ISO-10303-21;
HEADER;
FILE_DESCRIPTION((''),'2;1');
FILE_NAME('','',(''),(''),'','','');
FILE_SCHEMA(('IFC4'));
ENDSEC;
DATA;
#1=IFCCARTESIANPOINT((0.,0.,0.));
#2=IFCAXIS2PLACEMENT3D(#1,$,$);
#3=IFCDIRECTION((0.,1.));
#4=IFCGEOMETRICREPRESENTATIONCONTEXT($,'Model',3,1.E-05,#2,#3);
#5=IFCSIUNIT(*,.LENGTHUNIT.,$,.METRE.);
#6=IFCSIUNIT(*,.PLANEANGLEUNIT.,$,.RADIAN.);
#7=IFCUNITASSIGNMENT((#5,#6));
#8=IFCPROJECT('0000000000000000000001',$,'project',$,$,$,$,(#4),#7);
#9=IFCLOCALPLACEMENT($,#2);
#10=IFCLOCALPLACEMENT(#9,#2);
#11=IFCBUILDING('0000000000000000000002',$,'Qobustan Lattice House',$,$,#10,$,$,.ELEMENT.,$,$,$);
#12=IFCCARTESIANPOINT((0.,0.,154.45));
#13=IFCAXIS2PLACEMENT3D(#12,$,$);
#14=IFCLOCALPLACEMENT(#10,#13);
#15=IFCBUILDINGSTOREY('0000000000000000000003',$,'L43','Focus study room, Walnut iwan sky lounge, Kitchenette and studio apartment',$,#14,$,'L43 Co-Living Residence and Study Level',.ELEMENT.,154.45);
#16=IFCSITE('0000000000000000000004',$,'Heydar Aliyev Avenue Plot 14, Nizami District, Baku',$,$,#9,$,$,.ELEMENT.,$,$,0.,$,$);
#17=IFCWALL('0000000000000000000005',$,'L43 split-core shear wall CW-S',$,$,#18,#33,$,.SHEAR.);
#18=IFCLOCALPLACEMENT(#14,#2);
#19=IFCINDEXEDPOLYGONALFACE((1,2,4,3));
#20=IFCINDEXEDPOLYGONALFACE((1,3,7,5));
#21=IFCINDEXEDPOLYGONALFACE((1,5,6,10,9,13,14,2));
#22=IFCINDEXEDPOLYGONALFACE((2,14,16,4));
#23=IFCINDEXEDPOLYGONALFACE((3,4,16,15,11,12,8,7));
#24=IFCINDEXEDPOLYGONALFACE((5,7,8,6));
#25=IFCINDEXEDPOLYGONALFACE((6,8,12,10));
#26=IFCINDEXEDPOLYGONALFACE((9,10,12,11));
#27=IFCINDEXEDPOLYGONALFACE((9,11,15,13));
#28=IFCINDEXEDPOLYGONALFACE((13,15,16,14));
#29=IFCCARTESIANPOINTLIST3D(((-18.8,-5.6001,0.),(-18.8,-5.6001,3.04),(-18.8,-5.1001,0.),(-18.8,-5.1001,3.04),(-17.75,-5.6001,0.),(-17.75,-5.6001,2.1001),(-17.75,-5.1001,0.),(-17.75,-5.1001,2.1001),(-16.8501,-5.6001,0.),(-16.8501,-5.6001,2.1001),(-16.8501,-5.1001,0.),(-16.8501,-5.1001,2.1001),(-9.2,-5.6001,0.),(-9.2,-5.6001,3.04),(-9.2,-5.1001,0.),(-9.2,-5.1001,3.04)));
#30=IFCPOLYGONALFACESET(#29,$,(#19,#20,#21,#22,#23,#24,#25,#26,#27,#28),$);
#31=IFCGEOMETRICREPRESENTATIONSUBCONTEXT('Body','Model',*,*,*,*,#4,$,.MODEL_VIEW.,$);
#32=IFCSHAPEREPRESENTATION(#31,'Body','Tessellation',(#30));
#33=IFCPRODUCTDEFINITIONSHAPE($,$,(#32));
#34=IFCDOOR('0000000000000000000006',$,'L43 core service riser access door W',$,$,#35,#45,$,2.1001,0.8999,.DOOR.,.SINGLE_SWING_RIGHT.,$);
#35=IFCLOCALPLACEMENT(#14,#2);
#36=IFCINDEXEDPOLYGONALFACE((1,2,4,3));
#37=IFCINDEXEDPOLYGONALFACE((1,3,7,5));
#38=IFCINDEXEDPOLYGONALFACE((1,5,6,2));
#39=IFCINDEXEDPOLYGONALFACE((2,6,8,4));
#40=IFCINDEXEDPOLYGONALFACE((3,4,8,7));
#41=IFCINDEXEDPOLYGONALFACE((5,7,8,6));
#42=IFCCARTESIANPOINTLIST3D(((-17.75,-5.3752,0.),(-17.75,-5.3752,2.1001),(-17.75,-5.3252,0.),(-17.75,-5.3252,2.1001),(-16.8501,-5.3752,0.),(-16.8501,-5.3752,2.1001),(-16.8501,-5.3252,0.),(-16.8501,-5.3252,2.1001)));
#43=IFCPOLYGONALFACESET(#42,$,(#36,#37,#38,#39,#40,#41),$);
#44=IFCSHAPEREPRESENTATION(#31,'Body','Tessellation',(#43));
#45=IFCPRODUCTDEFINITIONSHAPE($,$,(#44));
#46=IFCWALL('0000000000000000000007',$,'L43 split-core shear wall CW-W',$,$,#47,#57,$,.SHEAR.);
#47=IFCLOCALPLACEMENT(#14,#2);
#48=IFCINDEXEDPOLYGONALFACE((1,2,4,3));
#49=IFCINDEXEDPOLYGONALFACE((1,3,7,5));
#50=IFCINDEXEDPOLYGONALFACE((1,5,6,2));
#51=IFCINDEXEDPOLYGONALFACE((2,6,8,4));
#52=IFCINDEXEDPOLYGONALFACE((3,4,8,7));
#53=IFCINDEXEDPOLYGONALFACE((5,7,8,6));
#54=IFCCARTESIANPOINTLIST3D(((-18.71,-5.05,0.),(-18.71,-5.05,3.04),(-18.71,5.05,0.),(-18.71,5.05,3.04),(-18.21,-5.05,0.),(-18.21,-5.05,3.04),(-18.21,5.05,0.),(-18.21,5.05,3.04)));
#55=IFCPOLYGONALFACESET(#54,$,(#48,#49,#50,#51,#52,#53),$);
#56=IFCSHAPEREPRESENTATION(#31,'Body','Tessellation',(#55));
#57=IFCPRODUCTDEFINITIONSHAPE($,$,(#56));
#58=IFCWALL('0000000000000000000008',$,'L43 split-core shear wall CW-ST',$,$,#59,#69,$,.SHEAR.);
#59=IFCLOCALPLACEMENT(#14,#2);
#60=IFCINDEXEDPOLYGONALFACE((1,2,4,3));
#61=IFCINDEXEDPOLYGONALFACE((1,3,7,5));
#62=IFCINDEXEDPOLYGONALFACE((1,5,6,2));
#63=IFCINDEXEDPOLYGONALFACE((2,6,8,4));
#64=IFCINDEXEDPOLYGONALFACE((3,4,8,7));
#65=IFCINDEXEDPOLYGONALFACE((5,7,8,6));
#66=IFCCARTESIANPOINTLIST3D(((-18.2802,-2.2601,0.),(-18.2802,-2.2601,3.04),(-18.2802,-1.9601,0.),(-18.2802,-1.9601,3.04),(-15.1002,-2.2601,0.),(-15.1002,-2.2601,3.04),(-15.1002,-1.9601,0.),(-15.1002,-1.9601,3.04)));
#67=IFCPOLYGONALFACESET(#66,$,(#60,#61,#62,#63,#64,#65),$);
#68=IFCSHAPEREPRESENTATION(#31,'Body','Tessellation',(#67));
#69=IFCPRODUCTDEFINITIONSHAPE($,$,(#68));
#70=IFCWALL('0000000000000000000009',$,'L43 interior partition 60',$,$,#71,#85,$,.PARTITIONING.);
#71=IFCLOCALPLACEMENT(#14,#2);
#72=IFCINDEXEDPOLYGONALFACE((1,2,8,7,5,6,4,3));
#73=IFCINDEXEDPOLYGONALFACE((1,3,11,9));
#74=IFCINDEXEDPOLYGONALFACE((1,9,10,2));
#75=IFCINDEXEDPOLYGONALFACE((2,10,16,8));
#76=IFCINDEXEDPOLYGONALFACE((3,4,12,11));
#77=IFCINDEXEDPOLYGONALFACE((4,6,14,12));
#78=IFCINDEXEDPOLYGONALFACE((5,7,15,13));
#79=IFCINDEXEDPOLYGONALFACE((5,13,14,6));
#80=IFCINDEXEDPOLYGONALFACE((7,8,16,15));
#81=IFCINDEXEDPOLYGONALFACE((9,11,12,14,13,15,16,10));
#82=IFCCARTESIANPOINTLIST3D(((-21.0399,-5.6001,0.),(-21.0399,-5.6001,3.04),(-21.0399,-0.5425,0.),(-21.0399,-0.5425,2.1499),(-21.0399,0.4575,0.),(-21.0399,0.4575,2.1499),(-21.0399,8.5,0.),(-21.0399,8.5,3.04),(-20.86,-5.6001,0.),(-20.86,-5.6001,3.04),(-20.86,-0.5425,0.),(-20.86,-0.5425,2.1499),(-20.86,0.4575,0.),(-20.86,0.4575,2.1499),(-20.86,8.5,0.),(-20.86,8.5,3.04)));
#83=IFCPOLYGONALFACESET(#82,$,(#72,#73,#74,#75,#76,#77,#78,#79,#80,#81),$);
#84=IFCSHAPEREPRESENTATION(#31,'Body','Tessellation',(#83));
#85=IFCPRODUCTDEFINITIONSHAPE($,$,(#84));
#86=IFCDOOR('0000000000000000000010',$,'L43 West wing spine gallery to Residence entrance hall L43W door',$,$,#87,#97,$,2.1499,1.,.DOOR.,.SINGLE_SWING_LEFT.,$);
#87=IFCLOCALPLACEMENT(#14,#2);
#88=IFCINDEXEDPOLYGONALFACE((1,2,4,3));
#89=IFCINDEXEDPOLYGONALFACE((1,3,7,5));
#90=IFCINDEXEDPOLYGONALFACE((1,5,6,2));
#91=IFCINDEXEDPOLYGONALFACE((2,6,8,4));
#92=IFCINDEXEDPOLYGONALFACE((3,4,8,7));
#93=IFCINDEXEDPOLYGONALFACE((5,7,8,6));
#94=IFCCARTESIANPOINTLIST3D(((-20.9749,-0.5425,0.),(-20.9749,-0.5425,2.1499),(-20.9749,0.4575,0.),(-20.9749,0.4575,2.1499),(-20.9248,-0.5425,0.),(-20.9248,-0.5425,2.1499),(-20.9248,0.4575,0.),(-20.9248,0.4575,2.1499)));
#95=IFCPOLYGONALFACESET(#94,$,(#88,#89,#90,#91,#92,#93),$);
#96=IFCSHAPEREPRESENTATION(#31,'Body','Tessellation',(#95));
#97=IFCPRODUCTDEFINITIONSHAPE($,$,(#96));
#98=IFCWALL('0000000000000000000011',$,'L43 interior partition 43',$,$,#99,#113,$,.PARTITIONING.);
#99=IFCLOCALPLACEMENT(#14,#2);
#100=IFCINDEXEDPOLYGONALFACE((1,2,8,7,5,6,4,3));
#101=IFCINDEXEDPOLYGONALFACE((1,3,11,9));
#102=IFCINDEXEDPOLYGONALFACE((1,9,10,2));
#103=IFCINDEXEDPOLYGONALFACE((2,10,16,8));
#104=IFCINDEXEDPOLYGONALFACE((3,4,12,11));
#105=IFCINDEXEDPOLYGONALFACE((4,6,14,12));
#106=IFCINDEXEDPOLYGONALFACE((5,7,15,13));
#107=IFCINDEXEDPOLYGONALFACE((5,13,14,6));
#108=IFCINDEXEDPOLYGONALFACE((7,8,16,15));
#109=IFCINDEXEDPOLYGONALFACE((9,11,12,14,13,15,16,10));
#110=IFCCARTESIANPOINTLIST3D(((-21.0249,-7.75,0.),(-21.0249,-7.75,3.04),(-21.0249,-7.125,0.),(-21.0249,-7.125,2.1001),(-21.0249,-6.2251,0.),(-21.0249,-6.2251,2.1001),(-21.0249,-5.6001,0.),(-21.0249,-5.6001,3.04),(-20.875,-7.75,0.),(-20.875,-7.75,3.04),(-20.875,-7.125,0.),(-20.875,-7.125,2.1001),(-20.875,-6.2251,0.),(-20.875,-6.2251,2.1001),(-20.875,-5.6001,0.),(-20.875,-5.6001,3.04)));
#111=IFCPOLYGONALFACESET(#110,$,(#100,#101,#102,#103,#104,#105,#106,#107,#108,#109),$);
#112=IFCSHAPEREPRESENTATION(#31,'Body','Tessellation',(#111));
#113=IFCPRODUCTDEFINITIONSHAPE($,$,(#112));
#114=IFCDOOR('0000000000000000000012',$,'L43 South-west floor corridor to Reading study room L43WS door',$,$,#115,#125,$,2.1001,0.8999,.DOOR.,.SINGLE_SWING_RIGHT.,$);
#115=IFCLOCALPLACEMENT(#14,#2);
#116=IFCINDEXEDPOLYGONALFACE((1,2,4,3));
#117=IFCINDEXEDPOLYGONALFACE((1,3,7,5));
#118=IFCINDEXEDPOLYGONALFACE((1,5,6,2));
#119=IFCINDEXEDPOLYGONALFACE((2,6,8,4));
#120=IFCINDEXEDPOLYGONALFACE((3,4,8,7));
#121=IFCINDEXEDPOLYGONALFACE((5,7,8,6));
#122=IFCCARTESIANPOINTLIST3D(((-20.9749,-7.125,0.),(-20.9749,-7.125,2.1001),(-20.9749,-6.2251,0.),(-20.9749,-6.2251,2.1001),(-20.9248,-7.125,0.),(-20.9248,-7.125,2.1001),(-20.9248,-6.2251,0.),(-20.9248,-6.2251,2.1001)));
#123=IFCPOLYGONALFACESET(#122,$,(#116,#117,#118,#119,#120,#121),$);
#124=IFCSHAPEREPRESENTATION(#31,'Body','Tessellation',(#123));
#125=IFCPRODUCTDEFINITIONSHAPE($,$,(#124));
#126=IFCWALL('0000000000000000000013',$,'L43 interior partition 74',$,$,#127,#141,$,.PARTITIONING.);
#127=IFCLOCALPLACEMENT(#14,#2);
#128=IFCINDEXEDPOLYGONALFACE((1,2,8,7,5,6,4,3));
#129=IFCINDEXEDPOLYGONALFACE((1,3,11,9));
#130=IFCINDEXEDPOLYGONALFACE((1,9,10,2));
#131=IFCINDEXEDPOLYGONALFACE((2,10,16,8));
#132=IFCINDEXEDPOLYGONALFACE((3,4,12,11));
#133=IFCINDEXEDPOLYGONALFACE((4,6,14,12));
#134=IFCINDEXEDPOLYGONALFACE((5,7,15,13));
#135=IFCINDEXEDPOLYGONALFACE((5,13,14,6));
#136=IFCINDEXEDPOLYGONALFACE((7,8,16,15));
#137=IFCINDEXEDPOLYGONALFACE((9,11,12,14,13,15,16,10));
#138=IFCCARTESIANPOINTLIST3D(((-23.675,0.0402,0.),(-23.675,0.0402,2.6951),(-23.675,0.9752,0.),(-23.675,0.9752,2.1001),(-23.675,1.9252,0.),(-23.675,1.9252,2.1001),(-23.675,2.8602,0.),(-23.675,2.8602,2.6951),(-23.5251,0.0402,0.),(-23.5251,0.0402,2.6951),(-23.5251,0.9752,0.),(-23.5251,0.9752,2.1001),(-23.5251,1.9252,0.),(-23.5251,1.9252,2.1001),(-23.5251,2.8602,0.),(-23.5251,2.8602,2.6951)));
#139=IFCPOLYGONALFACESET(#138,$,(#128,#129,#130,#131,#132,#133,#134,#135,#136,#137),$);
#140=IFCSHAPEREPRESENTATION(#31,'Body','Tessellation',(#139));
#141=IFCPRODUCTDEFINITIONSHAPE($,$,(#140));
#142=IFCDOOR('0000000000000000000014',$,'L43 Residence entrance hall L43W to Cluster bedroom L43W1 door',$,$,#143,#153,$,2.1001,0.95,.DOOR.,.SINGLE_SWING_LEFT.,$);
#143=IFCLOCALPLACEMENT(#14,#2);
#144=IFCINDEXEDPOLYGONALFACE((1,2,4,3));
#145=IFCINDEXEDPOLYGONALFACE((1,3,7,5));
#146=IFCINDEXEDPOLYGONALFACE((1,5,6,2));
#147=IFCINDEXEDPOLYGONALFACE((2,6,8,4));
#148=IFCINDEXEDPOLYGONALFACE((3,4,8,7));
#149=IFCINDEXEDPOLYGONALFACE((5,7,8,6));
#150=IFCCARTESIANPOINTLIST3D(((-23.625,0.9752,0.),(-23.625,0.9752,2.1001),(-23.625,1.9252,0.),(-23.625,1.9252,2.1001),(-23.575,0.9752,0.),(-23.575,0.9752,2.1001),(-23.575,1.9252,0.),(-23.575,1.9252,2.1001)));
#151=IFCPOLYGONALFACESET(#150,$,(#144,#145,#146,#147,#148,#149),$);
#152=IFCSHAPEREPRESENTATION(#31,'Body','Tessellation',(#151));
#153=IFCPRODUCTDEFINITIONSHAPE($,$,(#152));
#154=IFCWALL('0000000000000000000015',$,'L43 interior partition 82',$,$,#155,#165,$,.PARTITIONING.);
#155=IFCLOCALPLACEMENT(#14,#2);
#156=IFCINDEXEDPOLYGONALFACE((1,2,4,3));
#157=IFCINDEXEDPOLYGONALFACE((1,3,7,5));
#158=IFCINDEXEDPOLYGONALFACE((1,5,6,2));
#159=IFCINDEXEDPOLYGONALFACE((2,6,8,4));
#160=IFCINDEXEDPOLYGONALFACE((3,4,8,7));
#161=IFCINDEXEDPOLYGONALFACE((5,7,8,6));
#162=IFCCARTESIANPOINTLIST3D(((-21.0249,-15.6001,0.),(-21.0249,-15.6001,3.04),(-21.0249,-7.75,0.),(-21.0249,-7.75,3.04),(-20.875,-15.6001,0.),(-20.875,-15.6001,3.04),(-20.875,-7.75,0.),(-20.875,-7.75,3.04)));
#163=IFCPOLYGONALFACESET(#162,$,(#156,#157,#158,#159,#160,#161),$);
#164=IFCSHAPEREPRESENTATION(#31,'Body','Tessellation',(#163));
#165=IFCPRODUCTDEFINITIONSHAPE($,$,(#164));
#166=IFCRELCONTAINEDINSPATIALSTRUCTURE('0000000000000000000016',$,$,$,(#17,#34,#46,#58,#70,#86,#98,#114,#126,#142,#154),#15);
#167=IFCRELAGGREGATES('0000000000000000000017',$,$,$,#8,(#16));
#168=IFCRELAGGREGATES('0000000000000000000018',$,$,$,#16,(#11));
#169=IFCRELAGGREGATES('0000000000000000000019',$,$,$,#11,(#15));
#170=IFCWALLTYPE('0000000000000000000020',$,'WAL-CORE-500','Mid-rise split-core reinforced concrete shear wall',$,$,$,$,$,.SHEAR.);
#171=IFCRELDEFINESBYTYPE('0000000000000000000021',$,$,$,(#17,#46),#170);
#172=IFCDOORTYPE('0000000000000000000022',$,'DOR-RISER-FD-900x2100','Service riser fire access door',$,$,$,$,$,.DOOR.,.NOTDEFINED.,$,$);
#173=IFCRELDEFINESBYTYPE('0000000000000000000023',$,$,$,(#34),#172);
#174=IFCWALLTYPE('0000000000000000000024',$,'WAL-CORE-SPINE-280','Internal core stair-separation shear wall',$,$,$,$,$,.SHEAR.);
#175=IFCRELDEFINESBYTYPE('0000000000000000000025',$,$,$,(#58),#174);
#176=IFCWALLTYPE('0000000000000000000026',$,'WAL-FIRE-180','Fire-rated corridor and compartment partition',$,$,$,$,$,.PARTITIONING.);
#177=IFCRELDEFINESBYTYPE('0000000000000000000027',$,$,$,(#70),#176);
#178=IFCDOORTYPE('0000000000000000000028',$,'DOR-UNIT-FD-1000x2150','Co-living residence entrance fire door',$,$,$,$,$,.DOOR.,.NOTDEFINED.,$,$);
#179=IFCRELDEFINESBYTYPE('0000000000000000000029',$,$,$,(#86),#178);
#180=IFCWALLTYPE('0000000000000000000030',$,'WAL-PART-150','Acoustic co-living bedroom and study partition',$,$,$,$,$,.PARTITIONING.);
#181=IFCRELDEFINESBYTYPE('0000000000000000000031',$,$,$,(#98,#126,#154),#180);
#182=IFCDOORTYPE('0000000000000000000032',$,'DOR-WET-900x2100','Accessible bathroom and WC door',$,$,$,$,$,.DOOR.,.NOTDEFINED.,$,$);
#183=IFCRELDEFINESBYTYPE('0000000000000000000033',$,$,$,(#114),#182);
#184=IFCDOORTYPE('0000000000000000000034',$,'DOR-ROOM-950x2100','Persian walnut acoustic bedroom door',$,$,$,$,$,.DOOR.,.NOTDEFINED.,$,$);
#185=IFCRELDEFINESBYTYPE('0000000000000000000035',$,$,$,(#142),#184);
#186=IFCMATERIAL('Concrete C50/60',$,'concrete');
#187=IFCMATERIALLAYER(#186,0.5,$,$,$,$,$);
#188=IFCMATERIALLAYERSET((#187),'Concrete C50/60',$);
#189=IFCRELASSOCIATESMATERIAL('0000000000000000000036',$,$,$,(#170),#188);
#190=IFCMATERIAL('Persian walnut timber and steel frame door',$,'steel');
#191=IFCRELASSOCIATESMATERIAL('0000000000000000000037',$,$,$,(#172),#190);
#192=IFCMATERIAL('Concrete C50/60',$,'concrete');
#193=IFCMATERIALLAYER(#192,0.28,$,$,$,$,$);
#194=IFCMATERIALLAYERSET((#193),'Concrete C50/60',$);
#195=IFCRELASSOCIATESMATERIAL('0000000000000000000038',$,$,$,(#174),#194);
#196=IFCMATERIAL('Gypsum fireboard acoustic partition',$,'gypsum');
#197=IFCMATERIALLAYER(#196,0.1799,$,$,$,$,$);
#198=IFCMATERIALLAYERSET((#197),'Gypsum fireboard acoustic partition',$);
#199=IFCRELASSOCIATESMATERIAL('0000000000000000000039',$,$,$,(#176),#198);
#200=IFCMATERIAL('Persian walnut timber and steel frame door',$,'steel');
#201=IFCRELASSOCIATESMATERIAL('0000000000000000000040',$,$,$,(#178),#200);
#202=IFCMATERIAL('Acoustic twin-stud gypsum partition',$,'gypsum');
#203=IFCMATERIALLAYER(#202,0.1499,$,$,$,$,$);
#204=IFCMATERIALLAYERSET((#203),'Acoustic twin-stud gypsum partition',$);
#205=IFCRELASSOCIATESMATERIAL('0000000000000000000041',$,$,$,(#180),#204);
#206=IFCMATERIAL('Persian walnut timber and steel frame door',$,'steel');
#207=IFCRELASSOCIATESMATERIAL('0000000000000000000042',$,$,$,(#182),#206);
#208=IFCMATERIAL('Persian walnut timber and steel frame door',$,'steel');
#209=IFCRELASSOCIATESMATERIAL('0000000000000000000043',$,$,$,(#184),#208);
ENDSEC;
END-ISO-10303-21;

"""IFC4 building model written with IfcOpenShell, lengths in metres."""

from ifc_helpers import new_model, si_unit, direction, frame, frame_2d, origin, place, context, subcontext, project, spatial, rectangle, extrude, material, layer, layer_set, type_object, element, fill, save


model = new_model("IFC4")

# Units and contexts
model_context = context("Model", 3, precision=1e-05, world=origin(), true_north=direction((0.0, 1.0)))
body_context = subcontext(model_context, "Body", "Model", "MODEL_VIEW")
ifc_project = project(units=[si_unit("LENGTHUNIT", "METRE"), si_unit("PLANEANGLEUNIT", "RADIAN")], contexts=[model_context])

# Site, building, storey
site_placement = place(None, origin())
site = spatial("IfcSite", under=ifc_project, at=site_placement, Name="Heydar Aliyev Avenue Plot 14, Nizami District, Baku", CompositionType="ELEMENT", RefElevation=0.0)
building_placement = place(site_placement, origin())
building = spatial("IfcBuilding", under=site, at=building_placement, Name="Qobustan Lattice House", CompositionType="ELEMENT")
storey_placement = place(building_placement, frame((0.0, 0.0, 154.45)))
storey = spatial("IfcBuildingStorey", under=building, at=storey_placement, Name="L43", Description="Focus study room, Walnut iwan sky lounge, Kitchenette and studio apartment", LongName="L43 Co-Living Residence and Study Level", CompositionType="ELEMENT", Elevation=154.45)

# Wall, opening, door
ifc_material_1 = material(Name="Concrete C50/60", Category="concrete")
ifc_layer_1 = layer(ifc_material_1, 0.5)
ifc_layer_set_1 = layer_set([ifc_layer_1], Name="Concrete C50/60")
wall_type_1 = type_object("IfcWallType", Name="WAL-CORE-500", Description="Mid-rise split-core reinforced concrete shear wall", PredefinedType="SHEAR", material=ifc_layer_set_1)
wall_1_placement = place(storey_placement, frame((-18.8, -5.3501, 0.0), z_axis=(0.0, 0.0, 1.0), x_axis=(1.0, 0.0, 0.0)))
wall_1 = element("IfcWall", 1, at=wall_1_placement, inside=storey, type_object=wall_type_1, Name="L43 split-core shear wall CW-S", PredefinedType="SHEAR", context=body_context, shape_type="SweptSolid", body=[
    extrude(rectangle(XDim=9.6001, YDim=0.5, at=frame_2d((4.8, 0.0))), origin(), (0.0, 0.0, 1.0), 3.04),
])
opening_1_placement = place(wall_1_placement, frame((1.05, 0.0, 0.0)))
opening_1 = element("IfcOpeningElement", 2, at=opening_1_placement, cuts=wall_1, PredefinedType="OPENING", context=body_context, shape_type="SweptSolid", body=[
    extrude(rectangle(XDim=0.8999, YDim=2.1001, at=frame_2d((0.45, 1.05))), frame((0.0, 0.26, 0.0), z_axis=(0.0, -1.0, 0.0), x_axis=(1.0, 0.0, 0.0)), (0.0, 0.0, 1.0), 0.52),
])
ifc_material_2 = material(Name="Persian walnut timber and steel frame door", Category="steel")
door_type_1 = type_object("IfcDoorType", Name="DOR-RISER-FD-900x2100", Description="Service riser fire access door", OperationType="NOTDEFINED", PredefinedType="DOOR", material=ifc_material_2)
door_1_placement = place(opening_1_placement, origin())
door_1 = element("IfcDoor", 3, at=door_1_placement, inside=storey, type_object=door_type_1, Name="L43 core service riser access door W", OperationType="SINGLE_SWING_RIGHT", OverallHeight=2.1001, OverallWidth=0.8999, PredefinedType="DOOR", context=body_context, shape_type="SweptSolid", body=[
    extrude(rectangle(XDim=0.8999, YDim=2.1001, at=frame_2d((0.45, 1.05))), frame((0.0, 0.0249, 0.0), z_axis=(0.0, -1.0, 0.0), x_axis=(1.0, 0.0, 0.0)), (0.0, 0.0, 1.0), 0.05),
])
fill(opening_1, door_1)

# Walls
wall_2_placement = place(storey_placement, frame((-18.46, -5.05, 0.0), z_axis=(0.0, 0.0, 1.0), x_axis=(0.0, 1.0, 0.0)))
element("IfcWall", 4, at=wall_2_placement, inside=storey, type_object=wall_type_1, Name="L43 split-core shear wall CW-W", PredefinedType="SHEAR", context=body_context, shape_type="SweptSolid", body=[
    extrude(rectangle(XDim=10.1001, YDim=0.5, at=frame_2d((5.05, 0.0))), origin(), (0.0, 0.0, 1.0), 3.04),
])
ifc_material_3 = material(Name="Concrete C50/60", Category="concrete")
ifc_layer_2 = layer(ifc_material_3, 0.28)
ifc_layer_set_2 = layer_set([ifc_layer_2], Name="Concrete C50/60")
wall_type_2 = type_object("IfcWallType", Name="WAL-CORE-SPINE-280", Description="Internal core stair-separation shear wall", PredefinedType="SHEAR", material=ifc_layer_set_2)
wall_3_placement = place(storey_placement, frame((-18.28, -2.1101, 0.0), z_axis=(0.0, 0.0, 1.0), x_axis=(1.0, 0.0, 0.0)))
element("IfcWall", 5, at=wall_3_placement, inside=storey, type_object=wall_type_2, Name="L43 split-core shear wall CW-ST", PredefinedType="SHEAR", context=body_context, shape_type="SweptSolid", body=[
    extrude(rectangle(XDim=3.1799, YDim=0.3, at=frame_2d((1.5898, 0.0))), origin(), (0.0, 0.0, 1.0), 3.04),
])

# Walls, openings, doors
ifc_material_4 = material(Name="Gypsum fireboard acoustic partition", Category="gypsum")
ifc_layer_3 = layer(ifc_material_4, 0.1799)
ifc_layer_set_3 = layer_set([ifc_layer_3], Name="Gypsum fireboard acoustic partition")
wall_type_3 = type_object("IfcWallType", Name="WAL-FIRE-180", Description="Fire-rated corridor and compartment partition", PredefinedType="PARTITIONING", material=ifc_layer_set_3)
wall_4_placement = place(storey_placement, frame((-20.95, -5.6001, 0.0), z_axis=(0.0, 0.0, 1.0), x_axis=(0.0, 1.0, 0.0)))
wall_4 = element("IfcWall", 6, at=wall_4_placement, inside=storey, type_object=wall_type_3, Name="L43 interior partition 60", PredefinedType="PARTITIONING", context=body_context, shape_type="SweptSolid", body=[
    extrude(rectangle(XDim=14.1001, YDim=0.1799, at=frame_2d((7.05, 0.0))), origin(), (0.0, 0.0, 1.0), 3.04),
])
opening_2_placement = place(wall_4_placement, frame((5.0576, 0.0, 0.0)))
opening_2 = element("IfcOpeningElement", 7, at=opening_2_placement, cuts=wall_4, PredefinedType="OPENING", context=body_context, shape_type="SweptSolid", body=[
    extrude(rectangle(XDim=1.0, YDim=2.1499, at=frame_2d((0.5, 1.075))), frame((0.0, 0.0999, 0.0), z_axis=(0.0, -1.0, 0.0), x_axis=(1.0, 0.0, 0.0)), (0.0, 0.0, 1.0), 0.2),
])
ifc_material_5 = material(Name="Persian walnut timber and steel frame door", Category="steel")
door_type_2 = type_object("IfcDoorType", Name="DOR-UNIT-FD-1000x2150", Description="Co-living residence entrance fire door", OperationType="NOTDEFINED", PredefinedType="DOOR", material=ifc_material_5)
door_2_placement = place(opening_2_placement, origin())
door_2 = element("IfcDoor", 8, at=door_2_placement, inside=storey, type_object=door_type_2, Name="L43 West wing spine gallery to Residence entrance hall L43W door", OperationType="SINGLE_SWING_LEFT", OverallHeight=2.1499, OverallWidth=1.0, PredefinedType="DOOR", context=body_context, shape_type="SweptSolid", body=[
    extrude(rectangle(XDim=1.0, YDim=2.1499, at=frame_2d((0.5, 1.075))), frame((0.0, 0.0249, 0.0), z_axis=(0.0, -1.0, 0.0), x_axis=(1.0, 0.0, 0.0)), (0.0, 0.0, 1.0), 0.05),
])
fill(opening_2, door_2)
ifc_material_6 = material(Name="Acoustic twin-stud gypsum partition", Category="gypsum")
ifc_layer_4 = layer(ifc_material_6, 0.1499)
ifc_layer_set_4 = layer_set([ifc_layer_4], Name="Acoustic twin-stud gypsum partition")
wall_type_4 = type_object("IfcWallType", Name="WAL-PART-150", Description="Acoustic co-living bedroom and study partition", PredefinedType="PARTITIONING", material=ifc_layer_set_4)
wall_5_placement = place(storey_placement, frame((-20.95, -7.75, 0.0), z_axis=(0.0, 0.0, 1.0), x_axis=(0.0, 1.0, 0.0)))
wall_5 = element("IfcWall", 9, at=wall_5_placement, inside=storey, type_object=wall_type_4, Name="L43 interior partition 43", PredefinedType="PARTITIONING", context=body_context, shape_type="SweptSolid", body=[
    extrude(rectangle(XDim=2.1499, YDim=0.1499, at=frame_2d((1.075, 0.0))), origin(), (0.0, 0.0, 1.0), 3.04),
])
opening_3_placement = place(wall_5_placement, frame((0.625, 0.0, 0.0)))
opening_3 = element("IfcOpeningElement", 10, at=opening_3_placement, cuts=wall_5, PredefinedType="OPENING", context=body_context, shape_type="SweptSolid", body=[
    extrude(rectangle(XDim=0.8999, YDim=2.1001, at=frame_2d((0.45, 1.05))), frame((0.0, 0.085, 0.0), z_axis=(0.0, -1.0, 0.0), x_axis=(1.0, 0.0, 0.0)), (0.0, 0.0, 1.0), 0.1699),
])
ifc_material_7 = material(Name="Persian walnut timber and steel frame door", Category="steel")
door_type_3 = type_object("IfcDoorType", Name="DOR-WET-900x2100", Description="Accessible bathroom and WC door", OperationType="NOTDEFINED", PredefinedType="DOOR", material=ifc_material_7)
door_3_placement = place(opening_3_placement, origin())
door_3 = element("IfcDoor", 11, at=door_3_placement, inside=storey, type_object=door_type_3, Name="L43 South-west floor corridor to Reading study room L43WS door", OperationType="SINGLE_SWING_RIGHT", OverallHeight=2.1001, OverallWidth=0.8999, PredefinedType="DOOR", context=body_context, shape_type="SweptSolid", body=[
    extrude(rectangle(XDim=0.8999, YDim=2.1001, at=frame_2d((0.45, 1.05))), frame((0.0, 0.0249, 0.0), z_axis=(0.0, -1.0, 0.0), x_axis=(1.0, 0.0, 0.0)), (0.0, 0.0, 1.0), 0.05),
])
fill(opening_3, door_3)
wall_6_placement = place(storey_placement, frame((-23.6001, 0.04, 0.0), z_axis=(0.0, 0.0, 1.0), x_axis=(0.0, 1.0, 0.0)))
wall_6 = element("IfcWall", 12, at=wall_6_placement, inside=storey, type_object=wall_type_4, Name="L43 interior partition 74", PredefinedType="PARTITIONING", context=body_context, shape_type="SweptSolid", body=[
    extrude(rectangle(XDim=2.8201, YDim=0.1499, at=frame_2d((1.4102, 0.0))), origin(), (0.0, 0.0, 1.0), 2.6951),
])
opening_4_placement = place(wall_6_placement, frame((0.9351, 0.0, 0.0)))
opening_4 = element("IfcOpeningElement", 13, at=opening_4_placement, cuts=wall_6, PredefinedType="OPENING", context=body_context, shape_type="SweptSolid", body=[
    extrude(rectangle(XDim=0.95, YDim=2.1001, at=frame_2d((0.4751, 1.05))), frame((0.0, 0.085, 0.0), z_axis=(0.0, -1.0, 0.0), x_axis=(1.0, 0.0, 0.0)), (0.0, 0.0, 1.0), 0.1699),
])
ifc_material_8 = material(Name="Persian walnut timber and steel frame door", Category="steel")
door_type_4 = type_object("IfcDoorType", Name="DOR-ROOM-950x2100", Description="Persian walnut acoustic bedroom door", OperationType="NOTDEFINED", PredefinedType="DOOR", material=ifc_material_8)
door_4_placement = place(opening_4_placement, origin())
door_4 = element("IfcDoor", 14, at=door_4_placement, inside=storey, type_object=door_type_4, Name="L43 Residence entrance hall L43W to Cluster bedroom L43W1 door", OperationType="SINGLE_SWING_LEFT", OverallHeight=2.1001, OverallWidth=0.95, PredefinedType="DOOR", context=body_context, shape_type="SweptSolid", body=[
    extrude(rectangle(XDim=0.95, YDim=2.1001, at=frame_2d((0.4751, 1.05))), frame((0.0, 0.0249, 0.0), z_axis=(0.0, -1.0, 0.0), x_axis=(1.0, 0.0, 0.0)), (0.0, 0.0, 1.0), 0.05),
])
fill(opening_4, door_4)

# Wall
wall_7_placement = place(storey_placement, frame((-20.95, -7.75, 0.0), z_axis=(0.0, 0.0, 1.0), x_axis=(0.0, -1.0, 0.0)))
element("IfcWall", 15, at=wall_7_placement, inside=storey, type_object=wall_type_4, Name="L43 interior partition 82", PredefinedType="PARTITIONING", context=body_context, shape_type="SweptSolid", body=[
    extrude(rectangle(XDim=7.8501, YDim=0.1499, at=frame_2d((3.925, 0.0))), origin(), (0.0, 0.0, 1.0), 3.04),
])

save(model, "model.ifc")
